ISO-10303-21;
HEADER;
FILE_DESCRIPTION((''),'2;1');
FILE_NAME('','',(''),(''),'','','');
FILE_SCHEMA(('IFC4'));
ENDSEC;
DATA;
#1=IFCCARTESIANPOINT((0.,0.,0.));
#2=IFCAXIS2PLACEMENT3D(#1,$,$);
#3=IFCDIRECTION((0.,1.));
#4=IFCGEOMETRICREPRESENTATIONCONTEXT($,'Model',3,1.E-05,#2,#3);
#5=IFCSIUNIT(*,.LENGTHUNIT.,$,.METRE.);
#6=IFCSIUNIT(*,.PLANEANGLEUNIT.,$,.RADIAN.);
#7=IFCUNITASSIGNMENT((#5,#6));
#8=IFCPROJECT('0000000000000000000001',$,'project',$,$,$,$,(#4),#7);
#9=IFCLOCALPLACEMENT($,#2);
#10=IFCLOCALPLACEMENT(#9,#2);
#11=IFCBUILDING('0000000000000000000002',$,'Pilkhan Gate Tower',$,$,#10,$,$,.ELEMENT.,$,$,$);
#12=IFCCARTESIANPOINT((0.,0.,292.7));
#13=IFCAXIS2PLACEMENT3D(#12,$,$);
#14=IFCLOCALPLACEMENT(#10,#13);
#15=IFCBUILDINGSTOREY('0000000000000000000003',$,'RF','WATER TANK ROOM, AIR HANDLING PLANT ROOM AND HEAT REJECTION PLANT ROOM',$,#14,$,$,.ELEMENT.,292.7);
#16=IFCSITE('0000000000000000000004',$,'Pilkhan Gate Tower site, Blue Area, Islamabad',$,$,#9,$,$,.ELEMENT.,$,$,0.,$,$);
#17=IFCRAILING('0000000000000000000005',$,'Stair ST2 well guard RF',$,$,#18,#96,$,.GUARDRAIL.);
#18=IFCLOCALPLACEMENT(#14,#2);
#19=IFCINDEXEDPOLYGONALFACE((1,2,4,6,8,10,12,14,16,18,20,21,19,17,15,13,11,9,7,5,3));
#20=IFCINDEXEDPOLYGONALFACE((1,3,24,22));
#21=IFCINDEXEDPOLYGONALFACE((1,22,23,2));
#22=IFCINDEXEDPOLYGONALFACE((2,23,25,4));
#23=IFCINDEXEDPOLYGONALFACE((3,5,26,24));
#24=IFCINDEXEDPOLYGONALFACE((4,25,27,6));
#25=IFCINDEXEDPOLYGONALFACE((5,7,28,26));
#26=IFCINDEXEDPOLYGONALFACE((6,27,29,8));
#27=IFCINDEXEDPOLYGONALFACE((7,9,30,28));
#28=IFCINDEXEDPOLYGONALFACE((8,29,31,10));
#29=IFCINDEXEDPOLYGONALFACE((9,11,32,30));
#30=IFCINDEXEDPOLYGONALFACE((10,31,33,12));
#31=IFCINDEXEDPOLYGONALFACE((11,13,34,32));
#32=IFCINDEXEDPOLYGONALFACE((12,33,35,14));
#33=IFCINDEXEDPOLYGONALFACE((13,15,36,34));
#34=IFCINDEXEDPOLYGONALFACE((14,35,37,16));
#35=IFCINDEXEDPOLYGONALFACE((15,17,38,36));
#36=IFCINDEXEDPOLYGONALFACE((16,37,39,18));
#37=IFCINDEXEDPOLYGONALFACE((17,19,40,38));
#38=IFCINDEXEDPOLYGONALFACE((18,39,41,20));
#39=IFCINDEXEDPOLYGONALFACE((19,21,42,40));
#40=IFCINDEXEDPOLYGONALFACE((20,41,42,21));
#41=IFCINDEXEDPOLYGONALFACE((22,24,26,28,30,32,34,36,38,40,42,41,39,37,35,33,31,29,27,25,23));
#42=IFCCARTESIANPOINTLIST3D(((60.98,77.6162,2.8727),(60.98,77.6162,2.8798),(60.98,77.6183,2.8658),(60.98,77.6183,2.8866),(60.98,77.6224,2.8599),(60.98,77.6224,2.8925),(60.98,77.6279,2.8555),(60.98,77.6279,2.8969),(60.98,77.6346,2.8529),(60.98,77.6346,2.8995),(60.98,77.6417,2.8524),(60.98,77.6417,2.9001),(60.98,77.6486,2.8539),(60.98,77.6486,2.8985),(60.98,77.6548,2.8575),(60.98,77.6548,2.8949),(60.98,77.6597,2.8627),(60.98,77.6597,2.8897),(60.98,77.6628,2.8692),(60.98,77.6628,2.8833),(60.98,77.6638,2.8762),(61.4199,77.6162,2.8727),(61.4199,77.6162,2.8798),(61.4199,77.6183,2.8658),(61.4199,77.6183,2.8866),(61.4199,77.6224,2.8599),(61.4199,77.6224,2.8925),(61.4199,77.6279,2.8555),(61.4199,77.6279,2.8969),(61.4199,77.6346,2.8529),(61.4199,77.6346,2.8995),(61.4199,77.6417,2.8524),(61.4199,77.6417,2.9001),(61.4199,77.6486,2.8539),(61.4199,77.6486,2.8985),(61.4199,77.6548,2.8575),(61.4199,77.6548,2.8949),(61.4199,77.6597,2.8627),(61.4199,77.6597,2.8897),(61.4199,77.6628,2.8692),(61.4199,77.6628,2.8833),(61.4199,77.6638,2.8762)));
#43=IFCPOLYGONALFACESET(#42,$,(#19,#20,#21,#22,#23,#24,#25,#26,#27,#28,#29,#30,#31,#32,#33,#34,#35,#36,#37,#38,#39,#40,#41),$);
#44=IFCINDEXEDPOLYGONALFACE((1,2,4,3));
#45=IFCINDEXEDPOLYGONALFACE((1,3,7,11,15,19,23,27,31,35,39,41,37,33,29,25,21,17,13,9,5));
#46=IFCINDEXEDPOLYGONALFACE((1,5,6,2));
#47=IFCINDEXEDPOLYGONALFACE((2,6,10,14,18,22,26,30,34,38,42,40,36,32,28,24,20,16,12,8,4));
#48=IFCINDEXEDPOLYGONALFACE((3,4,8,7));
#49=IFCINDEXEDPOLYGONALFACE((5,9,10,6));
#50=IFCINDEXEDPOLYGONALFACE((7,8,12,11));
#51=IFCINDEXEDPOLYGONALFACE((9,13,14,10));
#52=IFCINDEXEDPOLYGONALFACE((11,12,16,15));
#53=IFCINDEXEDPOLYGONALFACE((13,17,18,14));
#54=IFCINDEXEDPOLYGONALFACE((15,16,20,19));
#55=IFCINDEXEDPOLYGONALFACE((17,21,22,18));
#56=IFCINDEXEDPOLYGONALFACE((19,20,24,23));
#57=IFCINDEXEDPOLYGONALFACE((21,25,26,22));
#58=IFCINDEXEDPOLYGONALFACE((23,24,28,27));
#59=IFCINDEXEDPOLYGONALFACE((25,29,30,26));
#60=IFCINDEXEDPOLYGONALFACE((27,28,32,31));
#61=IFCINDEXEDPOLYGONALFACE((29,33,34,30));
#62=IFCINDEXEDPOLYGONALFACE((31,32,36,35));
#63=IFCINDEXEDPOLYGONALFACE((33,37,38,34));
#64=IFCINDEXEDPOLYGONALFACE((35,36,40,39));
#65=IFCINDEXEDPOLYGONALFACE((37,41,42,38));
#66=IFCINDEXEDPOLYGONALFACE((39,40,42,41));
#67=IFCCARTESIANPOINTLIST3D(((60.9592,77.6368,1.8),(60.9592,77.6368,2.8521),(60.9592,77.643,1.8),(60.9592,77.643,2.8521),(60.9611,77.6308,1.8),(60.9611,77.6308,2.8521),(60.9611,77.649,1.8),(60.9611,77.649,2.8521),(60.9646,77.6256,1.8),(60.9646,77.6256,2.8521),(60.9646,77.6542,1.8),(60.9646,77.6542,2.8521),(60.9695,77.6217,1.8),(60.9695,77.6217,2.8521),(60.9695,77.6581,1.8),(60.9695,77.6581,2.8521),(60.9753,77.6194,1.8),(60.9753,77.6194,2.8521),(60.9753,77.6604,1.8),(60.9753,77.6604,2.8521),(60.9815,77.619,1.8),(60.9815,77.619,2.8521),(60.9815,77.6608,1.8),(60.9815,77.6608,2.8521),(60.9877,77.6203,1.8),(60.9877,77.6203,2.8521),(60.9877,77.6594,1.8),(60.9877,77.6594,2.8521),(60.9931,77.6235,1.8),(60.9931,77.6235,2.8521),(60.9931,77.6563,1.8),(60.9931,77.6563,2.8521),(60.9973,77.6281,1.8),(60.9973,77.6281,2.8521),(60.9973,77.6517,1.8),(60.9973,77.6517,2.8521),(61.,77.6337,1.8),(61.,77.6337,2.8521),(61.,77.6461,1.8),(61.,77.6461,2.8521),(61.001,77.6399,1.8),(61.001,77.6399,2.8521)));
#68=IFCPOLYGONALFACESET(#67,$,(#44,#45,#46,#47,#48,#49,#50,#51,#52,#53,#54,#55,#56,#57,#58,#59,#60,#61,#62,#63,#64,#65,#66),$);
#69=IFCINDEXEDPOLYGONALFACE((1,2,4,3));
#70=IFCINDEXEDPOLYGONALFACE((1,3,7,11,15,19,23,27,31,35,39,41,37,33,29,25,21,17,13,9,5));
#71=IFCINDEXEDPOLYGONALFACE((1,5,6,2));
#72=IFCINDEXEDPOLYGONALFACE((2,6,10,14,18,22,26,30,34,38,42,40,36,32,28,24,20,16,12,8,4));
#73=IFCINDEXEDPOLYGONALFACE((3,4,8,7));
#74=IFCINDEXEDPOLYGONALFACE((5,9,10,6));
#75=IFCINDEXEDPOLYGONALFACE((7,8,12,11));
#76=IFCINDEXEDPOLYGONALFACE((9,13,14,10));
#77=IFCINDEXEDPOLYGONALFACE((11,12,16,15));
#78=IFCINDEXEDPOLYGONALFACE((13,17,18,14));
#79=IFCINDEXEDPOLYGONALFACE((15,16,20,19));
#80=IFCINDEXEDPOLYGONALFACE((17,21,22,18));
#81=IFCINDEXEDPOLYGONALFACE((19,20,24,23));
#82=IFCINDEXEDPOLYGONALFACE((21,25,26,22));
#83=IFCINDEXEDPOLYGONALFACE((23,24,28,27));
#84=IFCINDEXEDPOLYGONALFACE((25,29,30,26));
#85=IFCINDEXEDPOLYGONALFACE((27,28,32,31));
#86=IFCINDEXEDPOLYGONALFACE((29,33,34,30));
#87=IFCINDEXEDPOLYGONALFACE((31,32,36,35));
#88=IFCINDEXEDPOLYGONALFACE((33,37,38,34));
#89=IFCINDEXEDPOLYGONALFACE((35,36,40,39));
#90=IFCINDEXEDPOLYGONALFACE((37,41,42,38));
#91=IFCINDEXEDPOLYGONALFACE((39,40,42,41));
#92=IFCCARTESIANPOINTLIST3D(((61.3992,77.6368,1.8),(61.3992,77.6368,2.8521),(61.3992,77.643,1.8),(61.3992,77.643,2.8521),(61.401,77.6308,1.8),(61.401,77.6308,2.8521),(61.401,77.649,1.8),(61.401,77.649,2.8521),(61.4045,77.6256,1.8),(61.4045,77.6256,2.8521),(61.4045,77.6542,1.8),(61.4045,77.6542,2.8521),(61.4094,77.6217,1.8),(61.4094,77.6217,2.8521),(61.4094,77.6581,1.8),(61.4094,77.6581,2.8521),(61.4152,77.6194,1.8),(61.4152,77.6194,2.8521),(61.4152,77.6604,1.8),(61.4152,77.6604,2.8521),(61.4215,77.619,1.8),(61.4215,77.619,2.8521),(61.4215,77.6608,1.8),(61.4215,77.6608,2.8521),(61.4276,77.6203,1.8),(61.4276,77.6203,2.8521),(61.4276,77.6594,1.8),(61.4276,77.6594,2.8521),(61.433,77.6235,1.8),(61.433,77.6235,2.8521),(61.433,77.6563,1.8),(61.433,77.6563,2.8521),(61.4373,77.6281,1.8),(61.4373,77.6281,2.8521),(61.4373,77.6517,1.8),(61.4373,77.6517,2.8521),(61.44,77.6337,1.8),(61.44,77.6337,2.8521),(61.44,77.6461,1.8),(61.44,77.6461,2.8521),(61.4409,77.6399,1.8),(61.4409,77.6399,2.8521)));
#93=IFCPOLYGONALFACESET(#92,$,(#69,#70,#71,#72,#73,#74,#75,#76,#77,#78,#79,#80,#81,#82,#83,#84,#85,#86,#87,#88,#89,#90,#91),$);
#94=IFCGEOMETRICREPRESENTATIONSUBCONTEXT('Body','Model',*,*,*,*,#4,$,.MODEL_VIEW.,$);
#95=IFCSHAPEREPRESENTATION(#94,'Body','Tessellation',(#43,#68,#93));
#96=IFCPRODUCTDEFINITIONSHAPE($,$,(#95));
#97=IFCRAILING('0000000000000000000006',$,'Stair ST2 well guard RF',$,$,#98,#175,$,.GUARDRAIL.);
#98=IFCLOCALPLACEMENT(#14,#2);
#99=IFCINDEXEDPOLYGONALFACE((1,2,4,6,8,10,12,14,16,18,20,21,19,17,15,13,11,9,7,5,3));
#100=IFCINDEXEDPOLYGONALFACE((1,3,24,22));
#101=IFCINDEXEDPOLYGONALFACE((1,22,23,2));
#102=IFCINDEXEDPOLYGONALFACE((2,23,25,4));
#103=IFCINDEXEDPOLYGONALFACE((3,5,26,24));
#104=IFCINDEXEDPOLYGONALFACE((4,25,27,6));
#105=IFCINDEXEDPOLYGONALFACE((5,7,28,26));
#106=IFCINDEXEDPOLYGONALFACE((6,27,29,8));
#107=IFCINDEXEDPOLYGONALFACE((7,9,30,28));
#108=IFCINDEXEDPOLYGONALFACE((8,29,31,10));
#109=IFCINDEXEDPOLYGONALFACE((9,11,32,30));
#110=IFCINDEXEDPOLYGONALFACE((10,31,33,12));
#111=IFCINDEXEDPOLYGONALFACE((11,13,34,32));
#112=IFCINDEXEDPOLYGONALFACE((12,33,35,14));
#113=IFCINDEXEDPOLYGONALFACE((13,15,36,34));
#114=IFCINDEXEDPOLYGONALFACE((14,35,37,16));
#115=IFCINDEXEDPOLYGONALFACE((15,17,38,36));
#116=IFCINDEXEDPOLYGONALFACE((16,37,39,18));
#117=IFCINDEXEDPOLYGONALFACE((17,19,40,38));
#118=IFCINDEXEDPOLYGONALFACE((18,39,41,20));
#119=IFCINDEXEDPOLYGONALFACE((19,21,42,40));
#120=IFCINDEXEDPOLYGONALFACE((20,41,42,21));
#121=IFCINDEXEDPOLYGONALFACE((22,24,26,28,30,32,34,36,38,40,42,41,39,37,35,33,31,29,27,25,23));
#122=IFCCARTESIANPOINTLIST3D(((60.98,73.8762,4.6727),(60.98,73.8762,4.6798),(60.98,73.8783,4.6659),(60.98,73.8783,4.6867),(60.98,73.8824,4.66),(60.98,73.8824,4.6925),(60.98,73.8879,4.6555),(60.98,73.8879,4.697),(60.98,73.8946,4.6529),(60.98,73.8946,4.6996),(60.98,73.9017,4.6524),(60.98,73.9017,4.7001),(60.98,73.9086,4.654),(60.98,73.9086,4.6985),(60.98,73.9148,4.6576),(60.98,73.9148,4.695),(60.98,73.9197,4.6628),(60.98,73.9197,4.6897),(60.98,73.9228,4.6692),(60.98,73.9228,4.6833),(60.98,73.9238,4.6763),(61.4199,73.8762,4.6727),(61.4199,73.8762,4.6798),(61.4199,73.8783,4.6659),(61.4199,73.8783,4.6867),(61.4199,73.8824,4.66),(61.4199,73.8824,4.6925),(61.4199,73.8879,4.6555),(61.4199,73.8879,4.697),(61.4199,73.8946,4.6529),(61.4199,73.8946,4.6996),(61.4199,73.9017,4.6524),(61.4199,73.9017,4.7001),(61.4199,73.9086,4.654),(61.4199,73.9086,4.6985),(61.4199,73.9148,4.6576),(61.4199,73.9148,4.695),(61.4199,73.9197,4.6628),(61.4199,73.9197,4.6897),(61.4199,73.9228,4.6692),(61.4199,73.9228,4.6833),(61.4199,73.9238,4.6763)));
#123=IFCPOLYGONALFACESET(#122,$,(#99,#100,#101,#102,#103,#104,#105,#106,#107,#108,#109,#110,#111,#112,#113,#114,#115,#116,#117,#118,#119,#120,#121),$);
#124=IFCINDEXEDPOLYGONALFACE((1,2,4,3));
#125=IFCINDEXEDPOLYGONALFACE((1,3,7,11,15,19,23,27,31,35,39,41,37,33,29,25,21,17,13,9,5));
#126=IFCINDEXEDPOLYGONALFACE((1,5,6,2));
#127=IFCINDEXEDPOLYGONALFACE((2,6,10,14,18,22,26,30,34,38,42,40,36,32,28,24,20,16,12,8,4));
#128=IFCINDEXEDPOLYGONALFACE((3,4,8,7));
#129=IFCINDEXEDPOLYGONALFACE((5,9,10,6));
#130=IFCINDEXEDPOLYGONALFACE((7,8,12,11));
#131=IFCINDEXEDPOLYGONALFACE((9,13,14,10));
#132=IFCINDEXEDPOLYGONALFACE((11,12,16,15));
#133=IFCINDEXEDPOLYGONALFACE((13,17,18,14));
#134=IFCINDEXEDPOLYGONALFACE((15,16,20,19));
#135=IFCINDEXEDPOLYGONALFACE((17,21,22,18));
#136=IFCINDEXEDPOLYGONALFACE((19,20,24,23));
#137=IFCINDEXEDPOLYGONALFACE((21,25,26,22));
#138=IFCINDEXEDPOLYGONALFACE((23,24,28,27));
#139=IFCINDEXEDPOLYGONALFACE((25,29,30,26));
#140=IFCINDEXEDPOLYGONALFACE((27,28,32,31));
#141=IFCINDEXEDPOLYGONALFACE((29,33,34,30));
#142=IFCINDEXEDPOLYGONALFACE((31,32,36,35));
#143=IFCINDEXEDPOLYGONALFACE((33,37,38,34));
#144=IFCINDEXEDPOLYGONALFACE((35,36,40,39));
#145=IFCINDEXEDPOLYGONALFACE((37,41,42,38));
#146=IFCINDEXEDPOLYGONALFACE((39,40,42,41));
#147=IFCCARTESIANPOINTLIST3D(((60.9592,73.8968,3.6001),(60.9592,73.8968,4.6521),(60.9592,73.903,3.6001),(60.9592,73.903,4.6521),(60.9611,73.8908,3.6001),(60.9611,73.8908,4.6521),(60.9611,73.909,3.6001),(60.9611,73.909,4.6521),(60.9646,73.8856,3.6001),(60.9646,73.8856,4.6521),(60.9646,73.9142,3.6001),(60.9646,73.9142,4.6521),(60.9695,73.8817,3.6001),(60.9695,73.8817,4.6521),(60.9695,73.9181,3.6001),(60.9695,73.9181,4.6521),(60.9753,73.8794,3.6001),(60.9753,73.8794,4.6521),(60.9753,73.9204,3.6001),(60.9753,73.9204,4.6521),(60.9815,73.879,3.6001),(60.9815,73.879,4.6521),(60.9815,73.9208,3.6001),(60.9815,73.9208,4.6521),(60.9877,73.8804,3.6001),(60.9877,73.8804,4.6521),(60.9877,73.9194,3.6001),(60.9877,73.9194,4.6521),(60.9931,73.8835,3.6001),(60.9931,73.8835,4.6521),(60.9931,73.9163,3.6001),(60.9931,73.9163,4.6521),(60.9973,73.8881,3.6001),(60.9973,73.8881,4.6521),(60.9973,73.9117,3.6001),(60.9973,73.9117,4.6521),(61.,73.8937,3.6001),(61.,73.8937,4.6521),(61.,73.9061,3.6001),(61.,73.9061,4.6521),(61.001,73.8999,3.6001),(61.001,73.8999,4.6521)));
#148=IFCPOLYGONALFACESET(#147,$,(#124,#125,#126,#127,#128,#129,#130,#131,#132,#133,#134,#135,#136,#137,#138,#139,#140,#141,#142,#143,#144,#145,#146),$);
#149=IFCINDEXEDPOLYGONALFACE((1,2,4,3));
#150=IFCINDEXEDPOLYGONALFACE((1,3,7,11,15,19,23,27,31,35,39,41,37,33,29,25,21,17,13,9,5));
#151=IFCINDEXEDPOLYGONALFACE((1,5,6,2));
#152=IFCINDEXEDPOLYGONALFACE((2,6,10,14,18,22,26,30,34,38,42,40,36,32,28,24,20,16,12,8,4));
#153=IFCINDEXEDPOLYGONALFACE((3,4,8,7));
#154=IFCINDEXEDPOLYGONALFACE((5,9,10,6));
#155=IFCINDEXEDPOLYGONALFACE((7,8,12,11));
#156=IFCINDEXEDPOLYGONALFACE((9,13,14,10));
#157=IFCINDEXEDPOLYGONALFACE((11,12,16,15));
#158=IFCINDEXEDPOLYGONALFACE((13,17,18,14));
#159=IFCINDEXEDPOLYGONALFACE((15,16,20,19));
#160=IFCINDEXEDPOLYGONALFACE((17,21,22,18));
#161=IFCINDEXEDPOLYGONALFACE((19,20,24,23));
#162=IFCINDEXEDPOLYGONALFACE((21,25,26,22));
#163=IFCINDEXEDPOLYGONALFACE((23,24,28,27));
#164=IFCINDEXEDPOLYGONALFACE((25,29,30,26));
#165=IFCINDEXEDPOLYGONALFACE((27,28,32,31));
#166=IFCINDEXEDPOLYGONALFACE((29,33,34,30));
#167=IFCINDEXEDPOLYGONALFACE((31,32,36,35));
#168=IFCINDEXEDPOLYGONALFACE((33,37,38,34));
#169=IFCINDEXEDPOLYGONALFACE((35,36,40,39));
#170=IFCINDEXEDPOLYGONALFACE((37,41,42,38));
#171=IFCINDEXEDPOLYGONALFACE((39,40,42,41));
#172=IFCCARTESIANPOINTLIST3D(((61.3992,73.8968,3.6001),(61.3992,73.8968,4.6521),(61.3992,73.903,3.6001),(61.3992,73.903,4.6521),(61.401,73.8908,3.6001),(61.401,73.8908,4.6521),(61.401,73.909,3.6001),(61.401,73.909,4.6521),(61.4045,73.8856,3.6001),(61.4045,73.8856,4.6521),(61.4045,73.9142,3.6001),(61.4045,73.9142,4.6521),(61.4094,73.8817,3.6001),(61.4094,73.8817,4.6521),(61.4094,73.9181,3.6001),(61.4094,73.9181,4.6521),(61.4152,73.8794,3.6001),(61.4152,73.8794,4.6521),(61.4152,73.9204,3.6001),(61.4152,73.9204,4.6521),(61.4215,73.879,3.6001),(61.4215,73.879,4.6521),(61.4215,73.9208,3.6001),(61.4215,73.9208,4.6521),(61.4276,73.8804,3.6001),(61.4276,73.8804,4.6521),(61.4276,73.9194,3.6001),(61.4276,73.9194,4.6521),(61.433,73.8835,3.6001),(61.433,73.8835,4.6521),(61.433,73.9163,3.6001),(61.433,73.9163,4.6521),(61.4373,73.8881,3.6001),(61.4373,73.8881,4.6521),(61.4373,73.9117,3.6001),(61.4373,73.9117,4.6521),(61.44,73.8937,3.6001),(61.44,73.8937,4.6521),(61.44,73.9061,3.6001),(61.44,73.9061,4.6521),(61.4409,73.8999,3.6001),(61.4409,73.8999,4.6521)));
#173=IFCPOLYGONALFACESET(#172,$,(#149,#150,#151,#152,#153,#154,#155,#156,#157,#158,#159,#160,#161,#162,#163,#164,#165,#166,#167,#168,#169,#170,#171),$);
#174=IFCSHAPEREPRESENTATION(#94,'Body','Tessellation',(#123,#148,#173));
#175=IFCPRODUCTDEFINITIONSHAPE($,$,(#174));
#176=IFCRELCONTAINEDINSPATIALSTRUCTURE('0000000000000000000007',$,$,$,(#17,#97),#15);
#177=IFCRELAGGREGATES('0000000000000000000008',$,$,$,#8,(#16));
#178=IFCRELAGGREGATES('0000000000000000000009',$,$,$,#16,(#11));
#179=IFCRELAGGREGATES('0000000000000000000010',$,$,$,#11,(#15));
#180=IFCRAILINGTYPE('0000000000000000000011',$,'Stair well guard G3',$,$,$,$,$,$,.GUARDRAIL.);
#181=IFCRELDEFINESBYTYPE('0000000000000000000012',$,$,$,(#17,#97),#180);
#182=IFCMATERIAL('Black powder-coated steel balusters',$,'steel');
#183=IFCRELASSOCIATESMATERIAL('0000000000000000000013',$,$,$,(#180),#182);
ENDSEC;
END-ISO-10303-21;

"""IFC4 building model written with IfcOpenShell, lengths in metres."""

from ifc_helpers import new_model, si_unit, direction, frame, origin, origin_2d, place, context, subcontext, project, spatial, circle, extrude, material, type_object, element, save


model = new_model("IFC4")

# Units and contexts
model_context = context("Model", 3, precision=1e-05, world=origin(), true_north=direction((0.0, 1.0)))
body_context = subcontext(model_context, "Body", "Model", "MODEL_VIEW")
ifc_project = project(units=[si_unit("LENGTHUNIT", "METRE"), si_unit("PLANEANGLEUNIT", "RADIAN")], contexts=[model_context])

# Site, building, storey
site_placement = place(None, origin())
site = spatial("IfcSite", under=ifc_project, at=site_placement, Name="Pilkhan Gate Tower site, Blue Area, Islamabad", CompositionType="ELEMENT", RefElevation=0.0)
building_placement = place(site_placement, origin())
building = spatial("IfcBuilding", under=site, at=building_placement, Name="Pilkhan Gate Tower", CompositionType="ELEMENT")
storey_placement = place(building_placement, frame((0.0, 0.0, 292.7)))
storey = spatial("IfcBuildingStorey", under=building, at=storey_placement, Name="RF", Description="WATER TANK ROOM, AIR HANDLING PLANT ROOM AND HEAT REJECTION PLANT ROOM", CompositionType="ELEMENT", Elevation=292.7)

# Railings
ifc_material_1 = material(Name="Black powder-coated steel balusters", Category="steel")
railing_type_1 = type_object("IfcRailingType", Name="Stair well guard G3", PredefinedType="GUARDRAIL", material=ifc_material_1)
for number, where, name in (
    (1, (60.98, 77.6399, 1.8), "Stair ST2 well guard RF"),
    (2, (60.98, 73.8999, 3.6001), "Stair ST2 well guard RF"),
):
    element("IfcRailing", number, at=place(storey_placement, frame(where)), inside=storey, type_object=railing_type_1, Name=name, PredefinedType="GUARDRAIL", context=body_context, shape_type="SweptSolid", body=[
        extrude(circle(Radius=0.0239, at=origin_2d()), frame((0.0, 0.0, 1.0762), z_axis=(1.0, 0.0, 0.0), x_axis=(0.0, 1.0, 0.0)), (0.0, 0.0, 1.0), 0.4399),
        extrude(circle(Radius=0.021, at=origin_2d()), origin(), (0.0, 0.0, 1.0), 1.052),
        extrude(circle(Radius=0.021, at=origin_2d()), frame((0.4399, 0.0, 0.0)), (0.0, 0.0, 1.0), 1.052),
    ])

save(model, "model.ifc")
